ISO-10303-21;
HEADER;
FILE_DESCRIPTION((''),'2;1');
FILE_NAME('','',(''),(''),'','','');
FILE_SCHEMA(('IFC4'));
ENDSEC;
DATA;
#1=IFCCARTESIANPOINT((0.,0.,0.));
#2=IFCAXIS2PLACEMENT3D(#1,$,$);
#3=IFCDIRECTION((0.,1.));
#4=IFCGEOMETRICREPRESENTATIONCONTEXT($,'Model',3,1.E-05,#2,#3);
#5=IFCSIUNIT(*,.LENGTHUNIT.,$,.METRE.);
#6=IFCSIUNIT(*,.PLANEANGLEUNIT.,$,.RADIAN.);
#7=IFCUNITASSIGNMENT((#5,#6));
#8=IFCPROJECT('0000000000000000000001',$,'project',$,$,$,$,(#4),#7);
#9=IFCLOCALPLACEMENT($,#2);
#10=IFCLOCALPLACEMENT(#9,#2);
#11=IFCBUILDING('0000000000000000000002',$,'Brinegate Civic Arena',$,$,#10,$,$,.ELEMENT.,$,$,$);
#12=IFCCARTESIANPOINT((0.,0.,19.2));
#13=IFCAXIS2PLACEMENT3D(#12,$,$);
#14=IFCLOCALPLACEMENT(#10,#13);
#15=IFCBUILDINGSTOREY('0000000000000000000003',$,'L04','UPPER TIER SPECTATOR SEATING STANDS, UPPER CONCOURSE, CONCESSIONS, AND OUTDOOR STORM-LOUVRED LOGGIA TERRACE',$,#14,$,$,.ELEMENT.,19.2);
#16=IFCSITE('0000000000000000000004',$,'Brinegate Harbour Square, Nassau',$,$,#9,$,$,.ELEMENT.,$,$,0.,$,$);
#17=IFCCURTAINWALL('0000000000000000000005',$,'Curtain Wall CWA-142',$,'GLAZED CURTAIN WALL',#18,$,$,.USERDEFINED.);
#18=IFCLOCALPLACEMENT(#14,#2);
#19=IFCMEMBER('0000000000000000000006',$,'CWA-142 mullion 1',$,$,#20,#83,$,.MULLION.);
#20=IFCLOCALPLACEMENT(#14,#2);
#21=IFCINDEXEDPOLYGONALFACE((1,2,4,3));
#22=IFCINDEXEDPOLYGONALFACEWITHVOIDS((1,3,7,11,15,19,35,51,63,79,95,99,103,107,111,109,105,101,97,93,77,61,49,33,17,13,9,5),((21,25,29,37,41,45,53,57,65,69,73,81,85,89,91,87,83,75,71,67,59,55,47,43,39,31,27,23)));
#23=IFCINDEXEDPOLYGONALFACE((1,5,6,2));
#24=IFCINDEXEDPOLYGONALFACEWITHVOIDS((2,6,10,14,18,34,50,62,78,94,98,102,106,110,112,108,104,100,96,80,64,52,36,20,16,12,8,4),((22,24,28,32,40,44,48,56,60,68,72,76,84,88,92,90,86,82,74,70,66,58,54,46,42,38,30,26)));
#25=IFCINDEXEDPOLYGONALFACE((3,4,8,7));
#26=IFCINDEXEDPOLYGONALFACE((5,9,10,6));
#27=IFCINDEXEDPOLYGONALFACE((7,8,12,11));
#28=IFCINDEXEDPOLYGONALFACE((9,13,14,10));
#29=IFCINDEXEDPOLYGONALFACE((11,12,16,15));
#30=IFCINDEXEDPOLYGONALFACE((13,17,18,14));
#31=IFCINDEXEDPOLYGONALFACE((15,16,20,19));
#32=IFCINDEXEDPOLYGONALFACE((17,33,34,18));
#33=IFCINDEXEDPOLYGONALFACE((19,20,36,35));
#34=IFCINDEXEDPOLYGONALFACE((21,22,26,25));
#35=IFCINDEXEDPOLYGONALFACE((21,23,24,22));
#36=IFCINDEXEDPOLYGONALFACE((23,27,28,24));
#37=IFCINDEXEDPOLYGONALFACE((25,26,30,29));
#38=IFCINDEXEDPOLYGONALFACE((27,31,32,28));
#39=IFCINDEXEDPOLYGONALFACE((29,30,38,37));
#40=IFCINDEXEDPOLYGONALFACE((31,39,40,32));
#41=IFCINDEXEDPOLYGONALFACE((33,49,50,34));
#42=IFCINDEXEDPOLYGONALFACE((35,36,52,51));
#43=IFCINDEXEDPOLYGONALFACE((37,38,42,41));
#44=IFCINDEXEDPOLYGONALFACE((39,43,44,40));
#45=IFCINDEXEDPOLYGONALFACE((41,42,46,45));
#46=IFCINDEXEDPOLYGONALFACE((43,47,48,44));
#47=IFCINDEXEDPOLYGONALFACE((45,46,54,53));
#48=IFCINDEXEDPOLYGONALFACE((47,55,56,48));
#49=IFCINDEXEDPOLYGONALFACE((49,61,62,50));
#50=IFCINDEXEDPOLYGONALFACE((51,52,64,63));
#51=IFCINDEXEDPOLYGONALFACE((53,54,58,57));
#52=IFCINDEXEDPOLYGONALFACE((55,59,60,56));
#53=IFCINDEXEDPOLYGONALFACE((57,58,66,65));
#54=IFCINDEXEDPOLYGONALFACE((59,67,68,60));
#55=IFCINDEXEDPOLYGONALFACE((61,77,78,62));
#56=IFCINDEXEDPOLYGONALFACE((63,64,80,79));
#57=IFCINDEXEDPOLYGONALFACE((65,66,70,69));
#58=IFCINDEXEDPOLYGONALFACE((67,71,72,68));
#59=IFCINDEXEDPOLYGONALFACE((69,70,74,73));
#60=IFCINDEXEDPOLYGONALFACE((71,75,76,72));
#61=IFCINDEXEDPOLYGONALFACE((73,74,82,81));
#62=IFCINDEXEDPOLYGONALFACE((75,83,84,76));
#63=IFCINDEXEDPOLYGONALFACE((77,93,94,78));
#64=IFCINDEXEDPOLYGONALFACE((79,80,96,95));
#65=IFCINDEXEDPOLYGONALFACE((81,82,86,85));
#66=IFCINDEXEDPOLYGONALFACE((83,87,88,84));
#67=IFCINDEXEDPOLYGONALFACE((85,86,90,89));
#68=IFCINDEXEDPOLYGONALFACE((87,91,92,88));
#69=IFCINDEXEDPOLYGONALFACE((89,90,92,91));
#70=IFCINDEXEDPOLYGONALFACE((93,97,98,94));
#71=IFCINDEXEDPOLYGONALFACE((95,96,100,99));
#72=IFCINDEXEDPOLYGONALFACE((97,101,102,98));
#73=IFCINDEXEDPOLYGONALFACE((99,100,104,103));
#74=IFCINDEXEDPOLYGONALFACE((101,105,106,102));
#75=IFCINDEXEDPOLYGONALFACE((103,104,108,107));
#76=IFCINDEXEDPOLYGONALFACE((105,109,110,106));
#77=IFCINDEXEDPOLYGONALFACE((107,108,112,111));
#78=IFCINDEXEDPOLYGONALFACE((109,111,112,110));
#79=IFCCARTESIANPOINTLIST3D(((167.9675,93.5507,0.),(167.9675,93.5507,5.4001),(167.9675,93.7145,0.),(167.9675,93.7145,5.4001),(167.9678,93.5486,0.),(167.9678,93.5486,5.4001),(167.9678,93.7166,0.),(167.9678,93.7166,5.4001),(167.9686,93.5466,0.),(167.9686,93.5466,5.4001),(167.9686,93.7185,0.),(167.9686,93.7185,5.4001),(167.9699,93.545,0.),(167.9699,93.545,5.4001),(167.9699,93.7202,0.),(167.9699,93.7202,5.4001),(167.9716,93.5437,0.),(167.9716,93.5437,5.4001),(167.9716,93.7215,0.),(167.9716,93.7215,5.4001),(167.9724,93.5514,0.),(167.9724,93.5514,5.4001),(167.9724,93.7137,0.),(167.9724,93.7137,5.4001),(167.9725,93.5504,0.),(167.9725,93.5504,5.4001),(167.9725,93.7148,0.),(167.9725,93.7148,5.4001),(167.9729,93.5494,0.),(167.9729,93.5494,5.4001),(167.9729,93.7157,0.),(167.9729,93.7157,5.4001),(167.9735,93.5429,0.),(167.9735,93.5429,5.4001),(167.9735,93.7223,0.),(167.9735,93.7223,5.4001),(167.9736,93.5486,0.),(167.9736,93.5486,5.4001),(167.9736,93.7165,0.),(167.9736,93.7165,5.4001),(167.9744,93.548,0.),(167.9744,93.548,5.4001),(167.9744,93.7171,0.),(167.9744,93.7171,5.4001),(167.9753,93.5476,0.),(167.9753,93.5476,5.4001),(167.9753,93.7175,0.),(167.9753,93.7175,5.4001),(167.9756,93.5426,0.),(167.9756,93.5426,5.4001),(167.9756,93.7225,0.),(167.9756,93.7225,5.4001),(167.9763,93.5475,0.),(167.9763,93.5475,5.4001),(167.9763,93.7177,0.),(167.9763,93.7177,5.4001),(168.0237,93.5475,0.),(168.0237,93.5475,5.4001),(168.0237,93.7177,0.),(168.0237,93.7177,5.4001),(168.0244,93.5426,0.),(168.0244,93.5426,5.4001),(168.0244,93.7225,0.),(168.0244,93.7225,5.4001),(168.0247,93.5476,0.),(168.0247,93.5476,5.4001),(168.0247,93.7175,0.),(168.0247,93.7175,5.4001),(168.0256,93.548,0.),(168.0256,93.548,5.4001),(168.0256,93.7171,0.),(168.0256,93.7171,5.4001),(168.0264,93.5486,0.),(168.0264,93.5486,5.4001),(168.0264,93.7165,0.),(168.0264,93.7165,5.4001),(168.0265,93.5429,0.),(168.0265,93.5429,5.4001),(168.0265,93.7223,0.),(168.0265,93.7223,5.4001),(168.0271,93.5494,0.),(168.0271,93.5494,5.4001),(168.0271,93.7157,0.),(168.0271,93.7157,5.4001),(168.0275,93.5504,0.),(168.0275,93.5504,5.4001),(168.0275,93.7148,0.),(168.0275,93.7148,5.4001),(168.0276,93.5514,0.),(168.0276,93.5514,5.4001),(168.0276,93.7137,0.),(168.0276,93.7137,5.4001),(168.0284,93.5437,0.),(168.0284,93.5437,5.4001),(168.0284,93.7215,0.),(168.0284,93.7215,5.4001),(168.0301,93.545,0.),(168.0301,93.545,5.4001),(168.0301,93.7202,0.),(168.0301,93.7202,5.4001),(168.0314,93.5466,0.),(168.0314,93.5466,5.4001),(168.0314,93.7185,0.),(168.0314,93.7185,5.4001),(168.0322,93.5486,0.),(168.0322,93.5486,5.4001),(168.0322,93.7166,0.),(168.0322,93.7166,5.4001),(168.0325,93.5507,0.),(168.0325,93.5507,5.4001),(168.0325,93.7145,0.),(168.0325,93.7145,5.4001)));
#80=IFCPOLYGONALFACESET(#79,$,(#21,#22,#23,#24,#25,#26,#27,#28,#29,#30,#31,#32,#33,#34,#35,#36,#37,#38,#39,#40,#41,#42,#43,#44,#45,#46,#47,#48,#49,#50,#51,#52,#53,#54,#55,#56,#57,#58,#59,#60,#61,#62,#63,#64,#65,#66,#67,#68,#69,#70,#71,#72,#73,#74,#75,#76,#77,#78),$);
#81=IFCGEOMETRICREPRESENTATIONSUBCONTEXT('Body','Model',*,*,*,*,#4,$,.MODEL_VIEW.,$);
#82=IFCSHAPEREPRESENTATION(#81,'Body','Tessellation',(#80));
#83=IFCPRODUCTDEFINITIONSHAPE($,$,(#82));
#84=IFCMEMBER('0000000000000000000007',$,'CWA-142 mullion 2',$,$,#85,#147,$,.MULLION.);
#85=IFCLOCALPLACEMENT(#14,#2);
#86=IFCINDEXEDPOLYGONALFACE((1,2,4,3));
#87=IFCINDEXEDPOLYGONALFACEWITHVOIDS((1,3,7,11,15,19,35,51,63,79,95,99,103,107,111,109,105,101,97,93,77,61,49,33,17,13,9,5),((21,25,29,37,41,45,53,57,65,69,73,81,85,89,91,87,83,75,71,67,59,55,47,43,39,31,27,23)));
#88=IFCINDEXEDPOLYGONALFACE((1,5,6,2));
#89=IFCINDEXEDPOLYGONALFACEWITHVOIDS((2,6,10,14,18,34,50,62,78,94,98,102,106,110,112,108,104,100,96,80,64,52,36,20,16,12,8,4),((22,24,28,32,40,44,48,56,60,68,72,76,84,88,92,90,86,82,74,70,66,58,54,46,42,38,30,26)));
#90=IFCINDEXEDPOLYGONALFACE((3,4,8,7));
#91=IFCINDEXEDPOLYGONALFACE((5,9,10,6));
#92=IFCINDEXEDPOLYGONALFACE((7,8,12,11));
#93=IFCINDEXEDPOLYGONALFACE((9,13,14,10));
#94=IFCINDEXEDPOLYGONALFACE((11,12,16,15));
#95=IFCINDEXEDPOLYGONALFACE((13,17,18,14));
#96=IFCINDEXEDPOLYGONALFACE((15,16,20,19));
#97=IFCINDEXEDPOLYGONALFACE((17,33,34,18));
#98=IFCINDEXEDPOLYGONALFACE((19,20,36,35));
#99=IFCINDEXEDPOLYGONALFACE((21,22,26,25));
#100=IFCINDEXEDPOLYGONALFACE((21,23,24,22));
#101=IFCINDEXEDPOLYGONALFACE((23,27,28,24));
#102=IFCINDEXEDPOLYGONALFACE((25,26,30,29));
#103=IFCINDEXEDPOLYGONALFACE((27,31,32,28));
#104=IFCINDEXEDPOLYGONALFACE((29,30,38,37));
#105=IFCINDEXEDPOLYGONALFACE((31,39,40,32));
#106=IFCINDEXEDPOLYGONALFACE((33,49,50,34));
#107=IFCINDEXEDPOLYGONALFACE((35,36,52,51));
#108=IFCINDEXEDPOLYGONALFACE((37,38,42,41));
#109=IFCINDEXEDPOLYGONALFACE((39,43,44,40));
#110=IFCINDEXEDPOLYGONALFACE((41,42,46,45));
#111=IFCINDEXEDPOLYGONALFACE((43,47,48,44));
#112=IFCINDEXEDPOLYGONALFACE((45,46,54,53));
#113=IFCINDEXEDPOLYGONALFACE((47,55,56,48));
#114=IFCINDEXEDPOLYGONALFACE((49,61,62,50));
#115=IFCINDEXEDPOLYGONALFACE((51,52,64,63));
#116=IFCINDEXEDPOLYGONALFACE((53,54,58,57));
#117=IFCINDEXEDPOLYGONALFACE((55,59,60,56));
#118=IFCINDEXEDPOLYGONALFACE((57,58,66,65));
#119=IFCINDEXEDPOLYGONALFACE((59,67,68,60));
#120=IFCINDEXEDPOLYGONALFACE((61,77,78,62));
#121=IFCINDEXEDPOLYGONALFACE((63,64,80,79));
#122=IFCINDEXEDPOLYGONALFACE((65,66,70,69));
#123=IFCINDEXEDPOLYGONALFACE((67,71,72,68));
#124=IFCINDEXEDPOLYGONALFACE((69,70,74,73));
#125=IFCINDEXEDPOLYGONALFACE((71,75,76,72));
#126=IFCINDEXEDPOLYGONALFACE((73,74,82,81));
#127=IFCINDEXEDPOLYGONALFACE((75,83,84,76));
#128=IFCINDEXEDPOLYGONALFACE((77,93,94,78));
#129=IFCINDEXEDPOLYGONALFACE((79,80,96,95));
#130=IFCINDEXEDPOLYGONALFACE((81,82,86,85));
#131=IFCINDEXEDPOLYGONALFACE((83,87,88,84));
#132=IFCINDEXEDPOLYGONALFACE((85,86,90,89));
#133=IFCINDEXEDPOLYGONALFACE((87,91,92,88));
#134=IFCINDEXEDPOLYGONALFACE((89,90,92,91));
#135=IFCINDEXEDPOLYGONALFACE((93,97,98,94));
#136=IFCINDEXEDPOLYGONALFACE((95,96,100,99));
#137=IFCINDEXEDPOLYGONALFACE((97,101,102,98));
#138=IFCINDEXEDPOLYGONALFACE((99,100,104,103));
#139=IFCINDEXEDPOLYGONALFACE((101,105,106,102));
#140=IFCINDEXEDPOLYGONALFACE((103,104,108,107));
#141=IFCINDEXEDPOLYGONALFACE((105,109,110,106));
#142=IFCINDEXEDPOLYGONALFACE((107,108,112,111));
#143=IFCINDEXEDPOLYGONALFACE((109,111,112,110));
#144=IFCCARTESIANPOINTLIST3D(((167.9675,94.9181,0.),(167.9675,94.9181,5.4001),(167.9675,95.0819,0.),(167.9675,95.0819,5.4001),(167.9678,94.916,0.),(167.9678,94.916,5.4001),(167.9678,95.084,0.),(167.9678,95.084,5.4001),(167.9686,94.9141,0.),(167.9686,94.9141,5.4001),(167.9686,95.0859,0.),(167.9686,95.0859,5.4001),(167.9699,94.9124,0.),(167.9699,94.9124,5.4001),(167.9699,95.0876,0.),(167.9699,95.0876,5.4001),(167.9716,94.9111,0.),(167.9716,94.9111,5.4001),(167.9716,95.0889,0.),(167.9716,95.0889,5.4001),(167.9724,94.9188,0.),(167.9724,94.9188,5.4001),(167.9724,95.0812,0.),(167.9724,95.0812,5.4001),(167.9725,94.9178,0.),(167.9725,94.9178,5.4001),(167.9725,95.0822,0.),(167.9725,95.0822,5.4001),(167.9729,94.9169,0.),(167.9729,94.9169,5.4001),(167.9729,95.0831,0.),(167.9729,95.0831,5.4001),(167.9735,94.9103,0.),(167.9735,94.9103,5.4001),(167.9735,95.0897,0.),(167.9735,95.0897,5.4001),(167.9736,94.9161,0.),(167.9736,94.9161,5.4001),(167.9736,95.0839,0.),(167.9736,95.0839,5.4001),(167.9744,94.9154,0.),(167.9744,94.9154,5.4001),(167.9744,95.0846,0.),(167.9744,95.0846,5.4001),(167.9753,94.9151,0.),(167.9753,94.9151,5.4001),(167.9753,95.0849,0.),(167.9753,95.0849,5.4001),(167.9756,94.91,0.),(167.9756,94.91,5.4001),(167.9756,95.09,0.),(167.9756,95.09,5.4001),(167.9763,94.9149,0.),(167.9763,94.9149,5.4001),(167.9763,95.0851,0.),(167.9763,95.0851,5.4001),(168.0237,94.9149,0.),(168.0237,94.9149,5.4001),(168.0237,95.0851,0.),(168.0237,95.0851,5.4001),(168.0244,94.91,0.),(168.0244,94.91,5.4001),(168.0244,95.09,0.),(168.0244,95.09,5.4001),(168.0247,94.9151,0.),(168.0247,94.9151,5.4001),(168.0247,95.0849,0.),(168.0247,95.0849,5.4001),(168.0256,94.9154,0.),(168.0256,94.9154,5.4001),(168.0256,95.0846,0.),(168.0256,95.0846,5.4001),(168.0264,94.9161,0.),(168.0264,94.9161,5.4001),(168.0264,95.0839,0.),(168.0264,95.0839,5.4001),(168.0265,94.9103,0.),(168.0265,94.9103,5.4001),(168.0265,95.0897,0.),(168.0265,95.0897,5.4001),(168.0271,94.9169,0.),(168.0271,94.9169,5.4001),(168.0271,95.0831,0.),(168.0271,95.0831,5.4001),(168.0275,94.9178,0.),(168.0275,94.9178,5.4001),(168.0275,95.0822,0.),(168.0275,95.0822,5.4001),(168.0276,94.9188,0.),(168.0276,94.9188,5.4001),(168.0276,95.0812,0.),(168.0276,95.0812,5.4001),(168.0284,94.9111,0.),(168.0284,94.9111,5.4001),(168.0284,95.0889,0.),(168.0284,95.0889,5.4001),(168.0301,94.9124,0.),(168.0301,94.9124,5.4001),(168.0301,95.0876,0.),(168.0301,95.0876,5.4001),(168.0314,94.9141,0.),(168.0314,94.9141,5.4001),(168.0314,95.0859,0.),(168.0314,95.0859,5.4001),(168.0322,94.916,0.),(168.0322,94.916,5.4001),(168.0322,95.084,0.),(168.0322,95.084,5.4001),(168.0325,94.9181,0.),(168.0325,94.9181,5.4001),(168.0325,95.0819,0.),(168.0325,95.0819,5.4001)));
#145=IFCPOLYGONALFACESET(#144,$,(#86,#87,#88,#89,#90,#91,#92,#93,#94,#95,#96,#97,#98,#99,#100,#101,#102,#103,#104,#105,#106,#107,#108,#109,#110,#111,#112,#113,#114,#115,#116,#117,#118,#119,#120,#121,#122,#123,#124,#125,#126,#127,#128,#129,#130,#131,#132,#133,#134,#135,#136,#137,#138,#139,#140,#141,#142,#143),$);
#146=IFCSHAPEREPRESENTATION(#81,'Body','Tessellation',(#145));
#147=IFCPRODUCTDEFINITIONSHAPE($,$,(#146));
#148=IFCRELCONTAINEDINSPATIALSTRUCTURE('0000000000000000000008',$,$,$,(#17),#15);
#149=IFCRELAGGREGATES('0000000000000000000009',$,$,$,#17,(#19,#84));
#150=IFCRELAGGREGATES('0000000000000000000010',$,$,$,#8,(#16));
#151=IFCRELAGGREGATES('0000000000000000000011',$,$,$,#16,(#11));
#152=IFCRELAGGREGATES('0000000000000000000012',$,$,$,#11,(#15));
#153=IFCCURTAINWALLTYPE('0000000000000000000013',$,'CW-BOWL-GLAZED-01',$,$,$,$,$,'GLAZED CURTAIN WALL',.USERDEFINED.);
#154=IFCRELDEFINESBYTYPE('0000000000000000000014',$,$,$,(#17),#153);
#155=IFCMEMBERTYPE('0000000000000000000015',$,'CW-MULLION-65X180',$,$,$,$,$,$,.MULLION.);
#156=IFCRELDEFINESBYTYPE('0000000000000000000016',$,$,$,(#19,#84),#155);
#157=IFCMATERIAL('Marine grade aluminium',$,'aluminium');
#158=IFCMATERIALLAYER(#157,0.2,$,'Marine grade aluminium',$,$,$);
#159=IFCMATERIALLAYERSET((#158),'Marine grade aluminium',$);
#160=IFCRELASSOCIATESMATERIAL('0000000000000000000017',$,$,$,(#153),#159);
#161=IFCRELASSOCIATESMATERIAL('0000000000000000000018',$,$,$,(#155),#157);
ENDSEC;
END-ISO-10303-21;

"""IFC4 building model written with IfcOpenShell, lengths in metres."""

from ifc_helpers import new_model, si_unit, direction, frame, origin, origin_2d, place, context, subcontext, project, spatial, hollow_rectangle, extrude, material, layer, layer_set, material_profile, profile_set, type_object, element, aggregate, save


model = new_model("IFC4")

# Units and contexts
model_context = context("Model", 3, precision=1e-05, world=origin(), true_north=direction((0.0, 1.0)))
body_context = subcontext(model_context, "Body", "Model", "MODEL_VIEW")
ifc_project = project(units=[si_unit("LENGTHUNIT", "METRE"), si_unit("PLANEANGLEUNIT", "RADIAN")], contexts=[model_context])

# Site, building, storey
site_placement = place(None, origin())
site = spatial("IfcSite", under=ifc_project, at=site_placement, Name="Brinegate Harbour Square, Nassau", CompositionType="ELEMENT", RefElevation=0.0)
building_placement = place(site_placement, origin())
building = spatial("IfcBuilding", under=site, at=building_placement, Name="Brinegate Civic Arena", CompositionType="ELEMENT")
storey_placement = place(building_placement, frame((0.0, 0.0, 19.2)))
storey = spatial("IfcBuildingStorey", under=building, at=storey_placement, Name="L04", Description="UPPER TIER SPECTATOR SEATING STANDS, UPPER CONCOURSE, CONCESSIONS, AND OUTDOOR STORM-LOUVRED LOGGIA TERRACE", CompositionType="ELEMENT", Elevation=19.2)

# Curtain wall, members
ifc_material_1 = material(Name="Marine grade aluminium", Category="aluminium")
ifc_layer_1 = layer(ifc_material_1, 0.2, Name="Marine grade aluminium")
ifc_layer_set_1 = layer_set([ifc_layer_1], Name="Marine grade aluminium")
curtain_wall_type = type_object("IfcCurtainWallType", Name="CW-BOWL-GLAZED-01", ElementType="GLAZED CURTAIN WALL", PredefinedType="USERDEFINED", material=ifc_layer_set_1)
curtain_wall_placement = place(storey_placement, origin())
curtain_wall = element("IfcCurtainWall", 1, at=curtain_wall_placement, inside=storey, type_object=curtain_wall_type, Name="Curtain Wall CWA-142", ObjectType="GLAZED CURTAIN WALL", PredefinedType="USERDEFINED")
ifc_material_profile_1 = material_profile(ifc_material_1, hollow_rectangle(XDim=0.0649, YDim=0.1799, WallThickness=0.0049, InnerFilletRadius=0.0039, OuterFilletRadius=0.0081, at=origin_2d()), Name="MUL65X180")
ifc_profile_set_1 = profile_set([ifc_material_profile_1], Name="Marine grade aluminium")
member_type_1 = type_object("IfcMemberType", Name="CW-MULLION-65X180", PredefinedType="MULLION", material=ifc_profile_set_1)
member_1_placement = place(storey_placement, frame((168.0, 93.6326, 0.0), z_axis=(0.0, 0.0, 1.0), x_axis=(-1.0, 0.0, 0.0)))
member_1 = element("IfcMember", 2, at=member_1_placement, type_object=member_type_1, Name="CWA-142 mullion 1", PredefinedType="MULLION", context=body_context, shape_type="SweptSolid", body=[
    extrude(hollow_rectangle(XDim=0.0649, YDim=0.1799, WallThickness=0.0049, InnerFilletRadius=0.0039, OuterFilletRadius=0.0081, at=origin_2d()), origin(), (0.0, 0.0, 1.0), 5.4001),
])
member_2_placement = place(storey_placement, frame((168.0, 95.0, 0.0), z_axis=(0.0, 0.0, 1.0), x_axis=(-1.0, 0.0, 0.0)))
member_2 = element("IfcMember", 3, at=member_2_placement, type_object=member_type_1, Name="CWA-142 mullion 2", PredefinedType="MULLION", context=body_context, shape_type="SweptSolid", body=[
    extrude(hollow_rectangle(XDim=0.0649, YDim=0.1799, WallThickness=0.0049, InnerFilletRadius=0.0039, OuterFilletRadius=0.0081, at=origin_2d()), origin(), (0.0, 0.0, 1.0), 5.4001),
])
aggregate(curtain_wall, [member_1, member_2])

save(model, "model.ifc")
